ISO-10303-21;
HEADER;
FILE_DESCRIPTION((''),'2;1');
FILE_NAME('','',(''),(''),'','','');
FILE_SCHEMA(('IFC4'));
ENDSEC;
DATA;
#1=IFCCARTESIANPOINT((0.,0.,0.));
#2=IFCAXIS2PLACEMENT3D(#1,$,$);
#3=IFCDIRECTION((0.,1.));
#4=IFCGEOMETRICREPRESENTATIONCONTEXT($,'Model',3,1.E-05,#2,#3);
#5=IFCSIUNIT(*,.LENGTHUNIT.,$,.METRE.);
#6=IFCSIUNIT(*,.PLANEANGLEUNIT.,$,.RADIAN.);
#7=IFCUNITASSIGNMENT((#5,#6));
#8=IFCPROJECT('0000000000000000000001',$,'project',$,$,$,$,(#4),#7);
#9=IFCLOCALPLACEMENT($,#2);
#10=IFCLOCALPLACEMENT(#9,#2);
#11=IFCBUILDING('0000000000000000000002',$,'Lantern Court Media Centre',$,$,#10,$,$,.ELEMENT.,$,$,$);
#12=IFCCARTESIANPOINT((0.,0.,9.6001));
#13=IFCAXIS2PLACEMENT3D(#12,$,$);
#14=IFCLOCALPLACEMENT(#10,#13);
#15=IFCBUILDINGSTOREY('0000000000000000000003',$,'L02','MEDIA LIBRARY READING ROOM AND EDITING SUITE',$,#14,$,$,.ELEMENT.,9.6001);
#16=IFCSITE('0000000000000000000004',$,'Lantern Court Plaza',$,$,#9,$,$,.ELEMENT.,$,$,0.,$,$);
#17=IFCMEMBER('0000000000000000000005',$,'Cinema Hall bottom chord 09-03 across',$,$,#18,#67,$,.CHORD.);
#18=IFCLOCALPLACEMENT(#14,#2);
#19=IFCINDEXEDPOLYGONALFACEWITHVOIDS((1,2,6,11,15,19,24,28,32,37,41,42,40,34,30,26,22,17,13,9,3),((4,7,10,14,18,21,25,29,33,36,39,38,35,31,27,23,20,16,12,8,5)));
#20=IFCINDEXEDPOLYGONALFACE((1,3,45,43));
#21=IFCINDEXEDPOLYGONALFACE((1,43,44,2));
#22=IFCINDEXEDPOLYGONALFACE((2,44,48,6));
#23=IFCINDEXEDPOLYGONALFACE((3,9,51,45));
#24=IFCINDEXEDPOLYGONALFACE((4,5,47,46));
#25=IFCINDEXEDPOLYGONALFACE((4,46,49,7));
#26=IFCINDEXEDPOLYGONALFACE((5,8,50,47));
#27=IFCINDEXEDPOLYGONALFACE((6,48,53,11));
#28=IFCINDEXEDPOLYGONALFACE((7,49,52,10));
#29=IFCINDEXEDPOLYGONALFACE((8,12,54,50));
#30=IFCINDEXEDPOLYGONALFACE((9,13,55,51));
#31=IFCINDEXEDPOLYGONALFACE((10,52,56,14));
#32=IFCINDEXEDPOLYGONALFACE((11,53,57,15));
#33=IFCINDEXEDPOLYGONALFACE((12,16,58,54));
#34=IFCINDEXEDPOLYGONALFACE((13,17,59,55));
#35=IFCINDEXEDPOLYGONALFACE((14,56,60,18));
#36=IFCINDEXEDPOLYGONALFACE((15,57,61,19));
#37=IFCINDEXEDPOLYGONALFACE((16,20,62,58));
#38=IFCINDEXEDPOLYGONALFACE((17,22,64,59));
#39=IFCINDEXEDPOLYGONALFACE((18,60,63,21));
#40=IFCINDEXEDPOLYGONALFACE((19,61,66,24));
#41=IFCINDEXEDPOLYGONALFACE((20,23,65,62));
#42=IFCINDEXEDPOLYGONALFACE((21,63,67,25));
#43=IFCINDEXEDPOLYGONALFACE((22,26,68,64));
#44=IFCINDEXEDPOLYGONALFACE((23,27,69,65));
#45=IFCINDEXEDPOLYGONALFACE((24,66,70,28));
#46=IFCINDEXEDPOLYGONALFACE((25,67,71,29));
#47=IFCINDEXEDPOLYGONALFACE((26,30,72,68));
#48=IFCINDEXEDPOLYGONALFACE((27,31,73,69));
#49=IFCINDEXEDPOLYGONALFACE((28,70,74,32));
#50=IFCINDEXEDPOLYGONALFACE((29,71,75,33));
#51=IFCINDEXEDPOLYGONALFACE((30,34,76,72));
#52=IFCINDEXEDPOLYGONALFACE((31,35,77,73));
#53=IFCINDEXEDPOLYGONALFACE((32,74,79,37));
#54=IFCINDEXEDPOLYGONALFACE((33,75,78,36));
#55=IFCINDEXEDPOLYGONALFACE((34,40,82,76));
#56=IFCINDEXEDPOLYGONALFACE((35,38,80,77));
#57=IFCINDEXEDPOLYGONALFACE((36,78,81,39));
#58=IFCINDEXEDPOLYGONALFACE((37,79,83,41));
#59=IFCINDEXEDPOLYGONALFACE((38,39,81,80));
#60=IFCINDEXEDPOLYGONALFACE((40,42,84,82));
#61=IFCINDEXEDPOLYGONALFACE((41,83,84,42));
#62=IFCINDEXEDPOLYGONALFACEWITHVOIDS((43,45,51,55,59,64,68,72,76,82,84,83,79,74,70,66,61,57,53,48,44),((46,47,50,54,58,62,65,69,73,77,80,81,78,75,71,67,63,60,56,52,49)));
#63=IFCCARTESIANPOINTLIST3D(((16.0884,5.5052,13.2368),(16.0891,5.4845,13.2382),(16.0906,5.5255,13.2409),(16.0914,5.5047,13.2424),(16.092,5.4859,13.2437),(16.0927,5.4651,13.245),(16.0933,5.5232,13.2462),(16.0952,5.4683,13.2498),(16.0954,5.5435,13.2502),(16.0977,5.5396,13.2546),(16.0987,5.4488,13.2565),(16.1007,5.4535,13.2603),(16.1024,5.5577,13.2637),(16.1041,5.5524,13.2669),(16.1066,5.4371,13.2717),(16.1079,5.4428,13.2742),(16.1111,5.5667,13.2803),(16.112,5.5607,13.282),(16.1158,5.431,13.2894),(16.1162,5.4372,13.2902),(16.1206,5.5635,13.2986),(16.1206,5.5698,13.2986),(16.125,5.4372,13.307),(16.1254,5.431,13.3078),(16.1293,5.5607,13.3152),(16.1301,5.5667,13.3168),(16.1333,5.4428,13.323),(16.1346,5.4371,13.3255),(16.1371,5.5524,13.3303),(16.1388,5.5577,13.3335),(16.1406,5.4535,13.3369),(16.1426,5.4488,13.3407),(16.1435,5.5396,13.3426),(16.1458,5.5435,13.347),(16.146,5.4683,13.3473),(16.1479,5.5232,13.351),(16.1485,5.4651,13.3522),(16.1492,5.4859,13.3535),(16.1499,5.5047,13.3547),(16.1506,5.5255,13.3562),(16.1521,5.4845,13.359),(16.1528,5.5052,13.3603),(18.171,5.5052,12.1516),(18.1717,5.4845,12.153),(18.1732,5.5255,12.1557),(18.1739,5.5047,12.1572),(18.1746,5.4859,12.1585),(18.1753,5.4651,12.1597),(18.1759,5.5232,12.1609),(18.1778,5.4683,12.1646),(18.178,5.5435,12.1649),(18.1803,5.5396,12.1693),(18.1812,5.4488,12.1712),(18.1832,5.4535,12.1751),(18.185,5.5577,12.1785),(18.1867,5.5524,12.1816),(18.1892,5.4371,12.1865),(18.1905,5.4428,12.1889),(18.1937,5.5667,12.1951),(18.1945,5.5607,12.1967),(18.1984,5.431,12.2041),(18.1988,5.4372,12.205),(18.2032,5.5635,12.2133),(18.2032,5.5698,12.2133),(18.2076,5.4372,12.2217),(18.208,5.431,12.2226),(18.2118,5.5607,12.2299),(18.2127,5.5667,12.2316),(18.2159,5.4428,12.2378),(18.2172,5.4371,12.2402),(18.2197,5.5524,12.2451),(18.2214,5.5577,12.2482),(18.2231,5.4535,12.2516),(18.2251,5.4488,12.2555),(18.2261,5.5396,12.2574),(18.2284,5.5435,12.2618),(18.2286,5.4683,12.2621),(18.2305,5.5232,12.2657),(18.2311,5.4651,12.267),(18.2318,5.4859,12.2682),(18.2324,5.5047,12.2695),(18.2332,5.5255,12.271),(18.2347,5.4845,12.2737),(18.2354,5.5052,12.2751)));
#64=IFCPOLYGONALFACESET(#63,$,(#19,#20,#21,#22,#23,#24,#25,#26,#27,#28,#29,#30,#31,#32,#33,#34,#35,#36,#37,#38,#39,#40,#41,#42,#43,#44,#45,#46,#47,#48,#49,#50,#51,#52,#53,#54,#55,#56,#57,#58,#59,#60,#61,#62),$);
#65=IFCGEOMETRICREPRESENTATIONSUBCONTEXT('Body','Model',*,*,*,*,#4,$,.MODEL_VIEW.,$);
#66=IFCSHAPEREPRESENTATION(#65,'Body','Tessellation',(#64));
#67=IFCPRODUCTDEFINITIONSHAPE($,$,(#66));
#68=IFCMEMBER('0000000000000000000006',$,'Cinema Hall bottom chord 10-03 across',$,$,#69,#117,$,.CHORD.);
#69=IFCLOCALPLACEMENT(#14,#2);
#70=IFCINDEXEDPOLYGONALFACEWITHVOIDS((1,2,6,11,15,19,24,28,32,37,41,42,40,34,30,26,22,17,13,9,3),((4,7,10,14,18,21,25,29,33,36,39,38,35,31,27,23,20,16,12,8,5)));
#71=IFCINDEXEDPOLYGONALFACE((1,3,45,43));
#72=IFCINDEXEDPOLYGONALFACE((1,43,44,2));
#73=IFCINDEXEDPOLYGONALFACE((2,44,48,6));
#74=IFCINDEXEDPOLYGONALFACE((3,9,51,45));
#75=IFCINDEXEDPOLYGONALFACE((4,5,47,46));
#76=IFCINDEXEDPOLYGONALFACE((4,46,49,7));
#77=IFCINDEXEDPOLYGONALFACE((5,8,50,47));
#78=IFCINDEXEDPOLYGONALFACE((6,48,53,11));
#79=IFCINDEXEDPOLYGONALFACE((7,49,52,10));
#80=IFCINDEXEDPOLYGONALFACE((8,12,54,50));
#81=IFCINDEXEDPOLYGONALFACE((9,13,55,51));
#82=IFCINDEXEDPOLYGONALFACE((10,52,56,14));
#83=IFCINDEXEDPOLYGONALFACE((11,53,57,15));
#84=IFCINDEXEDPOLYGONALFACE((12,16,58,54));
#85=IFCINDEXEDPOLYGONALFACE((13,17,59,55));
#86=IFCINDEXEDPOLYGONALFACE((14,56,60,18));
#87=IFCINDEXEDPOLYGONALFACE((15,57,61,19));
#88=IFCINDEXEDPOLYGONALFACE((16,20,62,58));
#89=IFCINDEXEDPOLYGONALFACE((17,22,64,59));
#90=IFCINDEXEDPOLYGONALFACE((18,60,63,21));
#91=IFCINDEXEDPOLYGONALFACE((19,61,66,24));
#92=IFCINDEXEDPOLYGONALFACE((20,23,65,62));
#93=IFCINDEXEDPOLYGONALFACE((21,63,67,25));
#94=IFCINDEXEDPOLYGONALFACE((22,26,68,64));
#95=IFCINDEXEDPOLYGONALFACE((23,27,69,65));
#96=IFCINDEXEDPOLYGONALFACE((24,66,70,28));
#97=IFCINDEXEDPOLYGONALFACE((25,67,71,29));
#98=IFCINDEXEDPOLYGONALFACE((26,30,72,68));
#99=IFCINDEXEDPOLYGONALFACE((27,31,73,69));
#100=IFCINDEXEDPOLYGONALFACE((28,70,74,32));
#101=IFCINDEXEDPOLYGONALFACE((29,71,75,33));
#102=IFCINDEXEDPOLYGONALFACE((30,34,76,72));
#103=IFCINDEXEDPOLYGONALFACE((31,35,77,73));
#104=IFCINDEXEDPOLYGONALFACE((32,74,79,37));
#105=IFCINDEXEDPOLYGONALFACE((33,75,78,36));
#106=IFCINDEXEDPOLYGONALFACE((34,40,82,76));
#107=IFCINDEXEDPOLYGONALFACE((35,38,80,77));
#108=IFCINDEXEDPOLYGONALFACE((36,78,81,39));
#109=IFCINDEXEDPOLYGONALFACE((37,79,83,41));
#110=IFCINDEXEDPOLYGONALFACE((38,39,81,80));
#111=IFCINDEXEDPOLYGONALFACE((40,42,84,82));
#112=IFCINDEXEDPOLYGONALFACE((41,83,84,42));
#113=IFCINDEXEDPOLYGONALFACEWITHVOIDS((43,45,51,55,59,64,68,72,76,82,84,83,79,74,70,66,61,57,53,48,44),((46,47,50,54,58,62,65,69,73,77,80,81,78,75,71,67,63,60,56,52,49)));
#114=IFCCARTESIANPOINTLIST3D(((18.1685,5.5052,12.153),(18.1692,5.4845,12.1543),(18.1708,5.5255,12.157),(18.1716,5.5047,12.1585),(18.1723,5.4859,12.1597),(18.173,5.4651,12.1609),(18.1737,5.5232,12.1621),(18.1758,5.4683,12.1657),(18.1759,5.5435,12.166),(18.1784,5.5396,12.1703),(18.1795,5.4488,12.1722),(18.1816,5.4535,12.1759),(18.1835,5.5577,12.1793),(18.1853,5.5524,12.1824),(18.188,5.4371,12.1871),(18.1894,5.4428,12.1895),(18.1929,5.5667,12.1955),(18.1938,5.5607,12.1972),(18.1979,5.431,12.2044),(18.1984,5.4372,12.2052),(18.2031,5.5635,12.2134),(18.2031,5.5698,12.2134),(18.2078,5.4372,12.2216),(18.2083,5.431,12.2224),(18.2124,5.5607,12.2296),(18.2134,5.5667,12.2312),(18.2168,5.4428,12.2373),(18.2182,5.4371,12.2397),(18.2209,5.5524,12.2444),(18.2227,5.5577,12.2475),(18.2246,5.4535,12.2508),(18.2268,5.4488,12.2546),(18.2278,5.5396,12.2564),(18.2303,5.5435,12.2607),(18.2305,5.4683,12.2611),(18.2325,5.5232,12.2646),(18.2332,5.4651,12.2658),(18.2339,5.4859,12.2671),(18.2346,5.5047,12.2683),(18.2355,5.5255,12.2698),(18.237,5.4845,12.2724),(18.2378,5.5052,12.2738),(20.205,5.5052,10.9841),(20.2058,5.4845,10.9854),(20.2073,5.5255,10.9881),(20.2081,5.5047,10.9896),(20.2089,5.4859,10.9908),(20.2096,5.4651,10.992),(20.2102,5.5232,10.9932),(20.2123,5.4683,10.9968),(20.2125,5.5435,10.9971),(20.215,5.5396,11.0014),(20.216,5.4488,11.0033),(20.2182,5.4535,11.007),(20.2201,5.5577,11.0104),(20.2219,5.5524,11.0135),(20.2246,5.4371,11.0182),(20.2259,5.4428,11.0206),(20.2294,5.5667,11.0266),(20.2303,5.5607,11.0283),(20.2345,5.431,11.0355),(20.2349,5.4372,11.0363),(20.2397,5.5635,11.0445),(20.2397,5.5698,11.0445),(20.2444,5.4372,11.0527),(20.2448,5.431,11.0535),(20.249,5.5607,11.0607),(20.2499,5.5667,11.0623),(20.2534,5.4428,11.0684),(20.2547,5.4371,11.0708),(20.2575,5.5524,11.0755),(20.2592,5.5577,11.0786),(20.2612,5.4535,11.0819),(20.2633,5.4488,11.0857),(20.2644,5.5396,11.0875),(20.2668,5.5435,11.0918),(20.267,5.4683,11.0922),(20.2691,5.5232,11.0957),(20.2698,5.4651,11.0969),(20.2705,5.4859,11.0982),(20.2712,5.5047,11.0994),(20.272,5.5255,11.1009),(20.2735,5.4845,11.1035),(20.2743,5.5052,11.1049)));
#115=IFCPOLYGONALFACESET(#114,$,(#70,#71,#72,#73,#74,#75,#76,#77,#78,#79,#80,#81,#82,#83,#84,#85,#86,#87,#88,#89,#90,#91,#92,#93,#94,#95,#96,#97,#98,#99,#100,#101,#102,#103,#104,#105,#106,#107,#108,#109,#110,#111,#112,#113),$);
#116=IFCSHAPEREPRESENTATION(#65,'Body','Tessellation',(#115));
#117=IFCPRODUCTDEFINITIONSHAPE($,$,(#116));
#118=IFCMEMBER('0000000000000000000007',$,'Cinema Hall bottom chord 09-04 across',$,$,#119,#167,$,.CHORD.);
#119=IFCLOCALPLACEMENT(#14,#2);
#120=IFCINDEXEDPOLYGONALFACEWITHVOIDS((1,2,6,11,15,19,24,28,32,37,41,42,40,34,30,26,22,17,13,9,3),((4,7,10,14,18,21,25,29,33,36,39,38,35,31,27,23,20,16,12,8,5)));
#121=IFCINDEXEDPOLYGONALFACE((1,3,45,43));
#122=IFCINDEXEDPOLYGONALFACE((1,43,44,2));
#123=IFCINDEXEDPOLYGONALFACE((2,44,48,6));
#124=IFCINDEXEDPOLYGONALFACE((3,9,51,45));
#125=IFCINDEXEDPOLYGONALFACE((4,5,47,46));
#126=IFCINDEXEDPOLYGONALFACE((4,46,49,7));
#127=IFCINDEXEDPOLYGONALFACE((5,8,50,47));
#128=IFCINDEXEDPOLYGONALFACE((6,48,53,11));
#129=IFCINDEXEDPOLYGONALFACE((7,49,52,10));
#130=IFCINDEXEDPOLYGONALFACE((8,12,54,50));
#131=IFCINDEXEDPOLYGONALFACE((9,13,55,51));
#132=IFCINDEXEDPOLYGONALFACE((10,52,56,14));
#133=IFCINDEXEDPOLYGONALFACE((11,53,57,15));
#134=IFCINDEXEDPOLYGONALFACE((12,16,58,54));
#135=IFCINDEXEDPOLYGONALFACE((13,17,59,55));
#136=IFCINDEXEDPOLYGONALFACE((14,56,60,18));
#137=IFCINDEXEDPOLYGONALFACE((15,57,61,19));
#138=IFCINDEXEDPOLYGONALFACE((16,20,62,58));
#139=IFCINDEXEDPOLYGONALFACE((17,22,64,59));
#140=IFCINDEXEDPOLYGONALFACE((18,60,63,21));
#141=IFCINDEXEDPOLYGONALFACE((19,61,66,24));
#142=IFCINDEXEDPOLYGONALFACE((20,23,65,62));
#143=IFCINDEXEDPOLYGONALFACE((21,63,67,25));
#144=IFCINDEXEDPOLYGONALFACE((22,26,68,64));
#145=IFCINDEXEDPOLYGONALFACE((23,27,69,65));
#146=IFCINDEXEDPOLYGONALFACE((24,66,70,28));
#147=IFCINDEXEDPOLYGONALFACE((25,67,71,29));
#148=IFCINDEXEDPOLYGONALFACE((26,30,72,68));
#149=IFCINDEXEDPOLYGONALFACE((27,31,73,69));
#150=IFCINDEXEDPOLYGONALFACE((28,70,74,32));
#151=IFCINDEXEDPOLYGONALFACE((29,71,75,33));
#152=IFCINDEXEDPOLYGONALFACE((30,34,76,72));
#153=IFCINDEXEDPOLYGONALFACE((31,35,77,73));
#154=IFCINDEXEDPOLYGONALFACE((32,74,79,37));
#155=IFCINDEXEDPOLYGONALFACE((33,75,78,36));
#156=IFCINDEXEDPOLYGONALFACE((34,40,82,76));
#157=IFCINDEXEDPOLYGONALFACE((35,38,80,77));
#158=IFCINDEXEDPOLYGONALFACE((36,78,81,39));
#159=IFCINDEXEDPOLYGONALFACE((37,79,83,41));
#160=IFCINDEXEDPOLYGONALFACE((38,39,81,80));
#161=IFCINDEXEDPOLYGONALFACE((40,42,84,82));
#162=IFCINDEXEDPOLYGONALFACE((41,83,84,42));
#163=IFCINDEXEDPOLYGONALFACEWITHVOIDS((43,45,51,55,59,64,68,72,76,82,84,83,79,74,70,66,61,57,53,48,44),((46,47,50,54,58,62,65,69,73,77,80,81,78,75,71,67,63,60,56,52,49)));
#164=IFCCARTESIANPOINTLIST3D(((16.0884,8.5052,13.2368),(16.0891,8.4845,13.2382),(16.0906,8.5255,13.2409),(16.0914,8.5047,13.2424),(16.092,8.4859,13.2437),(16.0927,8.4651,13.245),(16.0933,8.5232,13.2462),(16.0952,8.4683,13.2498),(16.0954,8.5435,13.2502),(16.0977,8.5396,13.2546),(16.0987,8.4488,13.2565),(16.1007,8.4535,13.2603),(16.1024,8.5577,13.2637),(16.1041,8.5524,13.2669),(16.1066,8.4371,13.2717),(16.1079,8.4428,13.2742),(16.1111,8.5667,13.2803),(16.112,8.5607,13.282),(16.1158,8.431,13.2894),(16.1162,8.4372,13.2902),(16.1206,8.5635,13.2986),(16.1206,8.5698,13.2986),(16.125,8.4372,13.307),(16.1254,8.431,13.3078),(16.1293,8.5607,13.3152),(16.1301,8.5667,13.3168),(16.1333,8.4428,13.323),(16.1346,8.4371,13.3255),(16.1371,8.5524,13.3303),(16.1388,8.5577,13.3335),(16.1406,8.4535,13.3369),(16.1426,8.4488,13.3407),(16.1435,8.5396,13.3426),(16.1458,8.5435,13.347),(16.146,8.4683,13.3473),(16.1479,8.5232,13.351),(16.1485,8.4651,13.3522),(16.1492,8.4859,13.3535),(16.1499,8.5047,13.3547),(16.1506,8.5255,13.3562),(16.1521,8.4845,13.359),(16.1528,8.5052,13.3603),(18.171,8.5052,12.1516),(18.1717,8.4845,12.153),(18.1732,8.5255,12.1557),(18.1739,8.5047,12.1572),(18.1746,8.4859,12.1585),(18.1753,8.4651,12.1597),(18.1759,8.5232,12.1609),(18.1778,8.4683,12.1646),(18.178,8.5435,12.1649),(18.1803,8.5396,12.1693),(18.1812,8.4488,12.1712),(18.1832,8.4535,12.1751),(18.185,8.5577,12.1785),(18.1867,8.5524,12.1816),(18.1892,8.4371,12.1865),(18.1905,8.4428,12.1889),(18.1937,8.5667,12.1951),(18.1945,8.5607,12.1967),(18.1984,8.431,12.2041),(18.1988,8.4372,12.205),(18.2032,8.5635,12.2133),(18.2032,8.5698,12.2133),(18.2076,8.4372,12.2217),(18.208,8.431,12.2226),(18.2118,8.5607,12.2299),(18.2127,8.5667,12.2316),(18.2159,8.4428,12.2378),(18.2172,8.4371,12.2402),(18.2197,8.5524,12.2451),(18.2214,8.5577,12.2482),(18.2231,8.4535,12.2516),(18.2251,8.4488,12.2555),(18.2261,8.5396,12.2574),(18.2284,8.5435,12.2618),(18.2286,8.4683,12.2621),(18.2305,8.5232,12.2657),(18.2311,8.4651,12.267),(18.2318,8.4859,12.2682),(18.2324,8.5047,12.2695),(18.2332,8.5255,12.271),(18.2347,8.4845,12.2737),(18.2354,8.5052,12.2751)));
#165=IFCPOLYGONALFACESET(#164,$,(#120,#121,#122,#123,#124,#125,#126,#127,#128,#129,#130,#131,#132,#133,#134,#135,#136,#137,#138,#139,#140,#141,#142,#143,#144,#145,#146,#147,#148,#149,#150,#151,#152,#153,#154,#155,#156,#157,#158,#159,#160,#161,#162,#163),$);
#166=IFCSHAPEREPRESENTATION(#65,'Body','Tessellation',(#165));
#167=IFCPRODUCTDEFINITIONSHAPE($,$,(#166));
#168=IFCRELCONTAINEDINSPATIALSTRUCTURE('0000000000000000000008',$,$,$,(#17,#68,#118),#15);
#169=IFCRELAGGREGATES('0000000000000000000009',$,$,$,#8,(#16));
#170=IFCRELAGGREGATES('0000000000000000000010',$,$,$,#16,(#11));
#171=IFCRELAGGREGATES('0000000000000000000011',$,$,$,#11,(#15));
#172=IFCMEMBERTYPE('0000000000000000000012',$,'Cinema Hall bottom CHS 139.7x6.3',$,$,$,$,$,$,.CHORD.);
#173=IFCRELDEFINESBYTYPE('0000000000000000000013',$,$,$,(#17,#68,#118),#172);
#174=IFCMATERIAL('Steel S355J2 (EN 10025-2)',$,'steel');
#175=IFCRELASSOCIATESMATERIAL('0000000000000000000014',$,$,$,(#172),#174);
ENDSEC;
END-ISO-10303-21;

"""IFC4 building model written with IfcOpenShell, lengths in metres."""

from ifc_helpers import new_model, si_unit, direction, frame, origin, origin_2d, place, context, subcontext, project, spatial, hollow_circle, extrude, material, material_profile, profile_set, type_object, element, save


model = new_model("IFC4")

# Units and contexts
model_context = context("Model", 3, precision=1e-05, world=origin(), true_north=direction((0.0, 1.0)))
body_context = subcontext(model_context, "Body", "Model", "MODEL_VIEW")
ifc_project = project(units=[si_unit("LENGTHUNIT", "METRE"), si_unit("PLANEANGLEUNIT", "RADIAN")], contexts=[model_context])

# Site, building, storey
site_placement = place(None, origin())
site = spatial("IfcSite", under=ifc_project, at=site_placement, Name="Lantern Court Plaza", CompositionType="ELEMENT", RefElevation=0.0)
building_placement = place(site_placement, origin())
building = spatial("IfcBuilding", under=site, at=building_placement, Name="Lantern Court Media Centre", CompositionType="ELEMENT")
storey_placement = place(building_placement, frame((0.0, 0.0, 9.6001)))
storey = spatial("IfcBuildingStorey", under=building, at=storey_placement, Name="L02", Description="MEDIA LIBRARY READING ROOM AND EDITING SUITE", CompositionType="ELEMENT", Elevation=9.6001)

# Members
ifc_material = material(Name="Steel S355J2 (EN 10025-2)", Category="steel")
ifc_material_profile_1 = material_profile(ifc_material, hollow_circle(Radius=0.0698, WallThickness=0.0063, at=origin_2d()), Name="Cinema Hall bottom CHS 139.7x6.3")
ifc_profile_set_1 = profile_set([ifc_material_profile_1], Name="Steel S355J2 (EN 10025-2)")
member_type_1 = type_object("IfcMemberType", Name="Cinema Hall bottom CHS 139.7x6.3", PredefinedType="CHORD", material=ifc_profile_set_1)
member_1_placement = place(storey_placement, frame((16.1206, 5.5, 13.2986), z_axis=(0.886816, 0.0, -0.462122), x_axis=(0.0, 1.0, 0.0)))
element("IfcMember", 1, at=member_1_placement, inside=storey, type_object=member_type_1, Name="Cinema Hall bottom chord 09-03 across", PredefinedType="CHORD", context=body_context, shape_type="SweptSolid", body=[
    extrude(hollow_circle(Radius=0.0698, WallThickness=0.0063, at=origin_2d()), origin(), (0.0, 0.0, 1.0), 2.3484),
])
member_2_placement = place(storey_placement, frame((18.2031, 5.5, 12.2134), z_axis=(0.867295, 0.0, -0.497795), x_axis=(0.0, 1.0, 0.0)))
element("IfcMember", 2, at=member_2_placement, inside=storey, type_object=member_type_1, Name="Cinema Hall bottom chord 10-03 across", PredefinedType="CHORD", context=body_context, shape_type="SweptSolid", body=[
    extrude(hollow_circle(Radius=0.0698, WallThickness=0.0063, at=origin_2d()), origin(), (0.0, 0.0, 1.0), 2.3481),
])
member_3_placement = place(storey_placement, frame((16.1206, 8.5, 13.2986), z_axis=(0.886816, 0.0, -0.462122), x_axis=(0.0, 1.0, 0.0)))
element("IfcMember", 3, at=member_3_placement, inside=storey, type_object=member_type_1, Name="Cinema Hall bottom chord 09-04 across", PredefinedType="CHORD", context=body_context, shape_type="SweptSolid", body=[
    extrude(hollow_circle(Radius=0.0698, WallThickness=0.0063, at=origin_2d()), origin(), (0.0, 0.0, 1.0), 2.3484),
])

save(model, "model.ifc")
